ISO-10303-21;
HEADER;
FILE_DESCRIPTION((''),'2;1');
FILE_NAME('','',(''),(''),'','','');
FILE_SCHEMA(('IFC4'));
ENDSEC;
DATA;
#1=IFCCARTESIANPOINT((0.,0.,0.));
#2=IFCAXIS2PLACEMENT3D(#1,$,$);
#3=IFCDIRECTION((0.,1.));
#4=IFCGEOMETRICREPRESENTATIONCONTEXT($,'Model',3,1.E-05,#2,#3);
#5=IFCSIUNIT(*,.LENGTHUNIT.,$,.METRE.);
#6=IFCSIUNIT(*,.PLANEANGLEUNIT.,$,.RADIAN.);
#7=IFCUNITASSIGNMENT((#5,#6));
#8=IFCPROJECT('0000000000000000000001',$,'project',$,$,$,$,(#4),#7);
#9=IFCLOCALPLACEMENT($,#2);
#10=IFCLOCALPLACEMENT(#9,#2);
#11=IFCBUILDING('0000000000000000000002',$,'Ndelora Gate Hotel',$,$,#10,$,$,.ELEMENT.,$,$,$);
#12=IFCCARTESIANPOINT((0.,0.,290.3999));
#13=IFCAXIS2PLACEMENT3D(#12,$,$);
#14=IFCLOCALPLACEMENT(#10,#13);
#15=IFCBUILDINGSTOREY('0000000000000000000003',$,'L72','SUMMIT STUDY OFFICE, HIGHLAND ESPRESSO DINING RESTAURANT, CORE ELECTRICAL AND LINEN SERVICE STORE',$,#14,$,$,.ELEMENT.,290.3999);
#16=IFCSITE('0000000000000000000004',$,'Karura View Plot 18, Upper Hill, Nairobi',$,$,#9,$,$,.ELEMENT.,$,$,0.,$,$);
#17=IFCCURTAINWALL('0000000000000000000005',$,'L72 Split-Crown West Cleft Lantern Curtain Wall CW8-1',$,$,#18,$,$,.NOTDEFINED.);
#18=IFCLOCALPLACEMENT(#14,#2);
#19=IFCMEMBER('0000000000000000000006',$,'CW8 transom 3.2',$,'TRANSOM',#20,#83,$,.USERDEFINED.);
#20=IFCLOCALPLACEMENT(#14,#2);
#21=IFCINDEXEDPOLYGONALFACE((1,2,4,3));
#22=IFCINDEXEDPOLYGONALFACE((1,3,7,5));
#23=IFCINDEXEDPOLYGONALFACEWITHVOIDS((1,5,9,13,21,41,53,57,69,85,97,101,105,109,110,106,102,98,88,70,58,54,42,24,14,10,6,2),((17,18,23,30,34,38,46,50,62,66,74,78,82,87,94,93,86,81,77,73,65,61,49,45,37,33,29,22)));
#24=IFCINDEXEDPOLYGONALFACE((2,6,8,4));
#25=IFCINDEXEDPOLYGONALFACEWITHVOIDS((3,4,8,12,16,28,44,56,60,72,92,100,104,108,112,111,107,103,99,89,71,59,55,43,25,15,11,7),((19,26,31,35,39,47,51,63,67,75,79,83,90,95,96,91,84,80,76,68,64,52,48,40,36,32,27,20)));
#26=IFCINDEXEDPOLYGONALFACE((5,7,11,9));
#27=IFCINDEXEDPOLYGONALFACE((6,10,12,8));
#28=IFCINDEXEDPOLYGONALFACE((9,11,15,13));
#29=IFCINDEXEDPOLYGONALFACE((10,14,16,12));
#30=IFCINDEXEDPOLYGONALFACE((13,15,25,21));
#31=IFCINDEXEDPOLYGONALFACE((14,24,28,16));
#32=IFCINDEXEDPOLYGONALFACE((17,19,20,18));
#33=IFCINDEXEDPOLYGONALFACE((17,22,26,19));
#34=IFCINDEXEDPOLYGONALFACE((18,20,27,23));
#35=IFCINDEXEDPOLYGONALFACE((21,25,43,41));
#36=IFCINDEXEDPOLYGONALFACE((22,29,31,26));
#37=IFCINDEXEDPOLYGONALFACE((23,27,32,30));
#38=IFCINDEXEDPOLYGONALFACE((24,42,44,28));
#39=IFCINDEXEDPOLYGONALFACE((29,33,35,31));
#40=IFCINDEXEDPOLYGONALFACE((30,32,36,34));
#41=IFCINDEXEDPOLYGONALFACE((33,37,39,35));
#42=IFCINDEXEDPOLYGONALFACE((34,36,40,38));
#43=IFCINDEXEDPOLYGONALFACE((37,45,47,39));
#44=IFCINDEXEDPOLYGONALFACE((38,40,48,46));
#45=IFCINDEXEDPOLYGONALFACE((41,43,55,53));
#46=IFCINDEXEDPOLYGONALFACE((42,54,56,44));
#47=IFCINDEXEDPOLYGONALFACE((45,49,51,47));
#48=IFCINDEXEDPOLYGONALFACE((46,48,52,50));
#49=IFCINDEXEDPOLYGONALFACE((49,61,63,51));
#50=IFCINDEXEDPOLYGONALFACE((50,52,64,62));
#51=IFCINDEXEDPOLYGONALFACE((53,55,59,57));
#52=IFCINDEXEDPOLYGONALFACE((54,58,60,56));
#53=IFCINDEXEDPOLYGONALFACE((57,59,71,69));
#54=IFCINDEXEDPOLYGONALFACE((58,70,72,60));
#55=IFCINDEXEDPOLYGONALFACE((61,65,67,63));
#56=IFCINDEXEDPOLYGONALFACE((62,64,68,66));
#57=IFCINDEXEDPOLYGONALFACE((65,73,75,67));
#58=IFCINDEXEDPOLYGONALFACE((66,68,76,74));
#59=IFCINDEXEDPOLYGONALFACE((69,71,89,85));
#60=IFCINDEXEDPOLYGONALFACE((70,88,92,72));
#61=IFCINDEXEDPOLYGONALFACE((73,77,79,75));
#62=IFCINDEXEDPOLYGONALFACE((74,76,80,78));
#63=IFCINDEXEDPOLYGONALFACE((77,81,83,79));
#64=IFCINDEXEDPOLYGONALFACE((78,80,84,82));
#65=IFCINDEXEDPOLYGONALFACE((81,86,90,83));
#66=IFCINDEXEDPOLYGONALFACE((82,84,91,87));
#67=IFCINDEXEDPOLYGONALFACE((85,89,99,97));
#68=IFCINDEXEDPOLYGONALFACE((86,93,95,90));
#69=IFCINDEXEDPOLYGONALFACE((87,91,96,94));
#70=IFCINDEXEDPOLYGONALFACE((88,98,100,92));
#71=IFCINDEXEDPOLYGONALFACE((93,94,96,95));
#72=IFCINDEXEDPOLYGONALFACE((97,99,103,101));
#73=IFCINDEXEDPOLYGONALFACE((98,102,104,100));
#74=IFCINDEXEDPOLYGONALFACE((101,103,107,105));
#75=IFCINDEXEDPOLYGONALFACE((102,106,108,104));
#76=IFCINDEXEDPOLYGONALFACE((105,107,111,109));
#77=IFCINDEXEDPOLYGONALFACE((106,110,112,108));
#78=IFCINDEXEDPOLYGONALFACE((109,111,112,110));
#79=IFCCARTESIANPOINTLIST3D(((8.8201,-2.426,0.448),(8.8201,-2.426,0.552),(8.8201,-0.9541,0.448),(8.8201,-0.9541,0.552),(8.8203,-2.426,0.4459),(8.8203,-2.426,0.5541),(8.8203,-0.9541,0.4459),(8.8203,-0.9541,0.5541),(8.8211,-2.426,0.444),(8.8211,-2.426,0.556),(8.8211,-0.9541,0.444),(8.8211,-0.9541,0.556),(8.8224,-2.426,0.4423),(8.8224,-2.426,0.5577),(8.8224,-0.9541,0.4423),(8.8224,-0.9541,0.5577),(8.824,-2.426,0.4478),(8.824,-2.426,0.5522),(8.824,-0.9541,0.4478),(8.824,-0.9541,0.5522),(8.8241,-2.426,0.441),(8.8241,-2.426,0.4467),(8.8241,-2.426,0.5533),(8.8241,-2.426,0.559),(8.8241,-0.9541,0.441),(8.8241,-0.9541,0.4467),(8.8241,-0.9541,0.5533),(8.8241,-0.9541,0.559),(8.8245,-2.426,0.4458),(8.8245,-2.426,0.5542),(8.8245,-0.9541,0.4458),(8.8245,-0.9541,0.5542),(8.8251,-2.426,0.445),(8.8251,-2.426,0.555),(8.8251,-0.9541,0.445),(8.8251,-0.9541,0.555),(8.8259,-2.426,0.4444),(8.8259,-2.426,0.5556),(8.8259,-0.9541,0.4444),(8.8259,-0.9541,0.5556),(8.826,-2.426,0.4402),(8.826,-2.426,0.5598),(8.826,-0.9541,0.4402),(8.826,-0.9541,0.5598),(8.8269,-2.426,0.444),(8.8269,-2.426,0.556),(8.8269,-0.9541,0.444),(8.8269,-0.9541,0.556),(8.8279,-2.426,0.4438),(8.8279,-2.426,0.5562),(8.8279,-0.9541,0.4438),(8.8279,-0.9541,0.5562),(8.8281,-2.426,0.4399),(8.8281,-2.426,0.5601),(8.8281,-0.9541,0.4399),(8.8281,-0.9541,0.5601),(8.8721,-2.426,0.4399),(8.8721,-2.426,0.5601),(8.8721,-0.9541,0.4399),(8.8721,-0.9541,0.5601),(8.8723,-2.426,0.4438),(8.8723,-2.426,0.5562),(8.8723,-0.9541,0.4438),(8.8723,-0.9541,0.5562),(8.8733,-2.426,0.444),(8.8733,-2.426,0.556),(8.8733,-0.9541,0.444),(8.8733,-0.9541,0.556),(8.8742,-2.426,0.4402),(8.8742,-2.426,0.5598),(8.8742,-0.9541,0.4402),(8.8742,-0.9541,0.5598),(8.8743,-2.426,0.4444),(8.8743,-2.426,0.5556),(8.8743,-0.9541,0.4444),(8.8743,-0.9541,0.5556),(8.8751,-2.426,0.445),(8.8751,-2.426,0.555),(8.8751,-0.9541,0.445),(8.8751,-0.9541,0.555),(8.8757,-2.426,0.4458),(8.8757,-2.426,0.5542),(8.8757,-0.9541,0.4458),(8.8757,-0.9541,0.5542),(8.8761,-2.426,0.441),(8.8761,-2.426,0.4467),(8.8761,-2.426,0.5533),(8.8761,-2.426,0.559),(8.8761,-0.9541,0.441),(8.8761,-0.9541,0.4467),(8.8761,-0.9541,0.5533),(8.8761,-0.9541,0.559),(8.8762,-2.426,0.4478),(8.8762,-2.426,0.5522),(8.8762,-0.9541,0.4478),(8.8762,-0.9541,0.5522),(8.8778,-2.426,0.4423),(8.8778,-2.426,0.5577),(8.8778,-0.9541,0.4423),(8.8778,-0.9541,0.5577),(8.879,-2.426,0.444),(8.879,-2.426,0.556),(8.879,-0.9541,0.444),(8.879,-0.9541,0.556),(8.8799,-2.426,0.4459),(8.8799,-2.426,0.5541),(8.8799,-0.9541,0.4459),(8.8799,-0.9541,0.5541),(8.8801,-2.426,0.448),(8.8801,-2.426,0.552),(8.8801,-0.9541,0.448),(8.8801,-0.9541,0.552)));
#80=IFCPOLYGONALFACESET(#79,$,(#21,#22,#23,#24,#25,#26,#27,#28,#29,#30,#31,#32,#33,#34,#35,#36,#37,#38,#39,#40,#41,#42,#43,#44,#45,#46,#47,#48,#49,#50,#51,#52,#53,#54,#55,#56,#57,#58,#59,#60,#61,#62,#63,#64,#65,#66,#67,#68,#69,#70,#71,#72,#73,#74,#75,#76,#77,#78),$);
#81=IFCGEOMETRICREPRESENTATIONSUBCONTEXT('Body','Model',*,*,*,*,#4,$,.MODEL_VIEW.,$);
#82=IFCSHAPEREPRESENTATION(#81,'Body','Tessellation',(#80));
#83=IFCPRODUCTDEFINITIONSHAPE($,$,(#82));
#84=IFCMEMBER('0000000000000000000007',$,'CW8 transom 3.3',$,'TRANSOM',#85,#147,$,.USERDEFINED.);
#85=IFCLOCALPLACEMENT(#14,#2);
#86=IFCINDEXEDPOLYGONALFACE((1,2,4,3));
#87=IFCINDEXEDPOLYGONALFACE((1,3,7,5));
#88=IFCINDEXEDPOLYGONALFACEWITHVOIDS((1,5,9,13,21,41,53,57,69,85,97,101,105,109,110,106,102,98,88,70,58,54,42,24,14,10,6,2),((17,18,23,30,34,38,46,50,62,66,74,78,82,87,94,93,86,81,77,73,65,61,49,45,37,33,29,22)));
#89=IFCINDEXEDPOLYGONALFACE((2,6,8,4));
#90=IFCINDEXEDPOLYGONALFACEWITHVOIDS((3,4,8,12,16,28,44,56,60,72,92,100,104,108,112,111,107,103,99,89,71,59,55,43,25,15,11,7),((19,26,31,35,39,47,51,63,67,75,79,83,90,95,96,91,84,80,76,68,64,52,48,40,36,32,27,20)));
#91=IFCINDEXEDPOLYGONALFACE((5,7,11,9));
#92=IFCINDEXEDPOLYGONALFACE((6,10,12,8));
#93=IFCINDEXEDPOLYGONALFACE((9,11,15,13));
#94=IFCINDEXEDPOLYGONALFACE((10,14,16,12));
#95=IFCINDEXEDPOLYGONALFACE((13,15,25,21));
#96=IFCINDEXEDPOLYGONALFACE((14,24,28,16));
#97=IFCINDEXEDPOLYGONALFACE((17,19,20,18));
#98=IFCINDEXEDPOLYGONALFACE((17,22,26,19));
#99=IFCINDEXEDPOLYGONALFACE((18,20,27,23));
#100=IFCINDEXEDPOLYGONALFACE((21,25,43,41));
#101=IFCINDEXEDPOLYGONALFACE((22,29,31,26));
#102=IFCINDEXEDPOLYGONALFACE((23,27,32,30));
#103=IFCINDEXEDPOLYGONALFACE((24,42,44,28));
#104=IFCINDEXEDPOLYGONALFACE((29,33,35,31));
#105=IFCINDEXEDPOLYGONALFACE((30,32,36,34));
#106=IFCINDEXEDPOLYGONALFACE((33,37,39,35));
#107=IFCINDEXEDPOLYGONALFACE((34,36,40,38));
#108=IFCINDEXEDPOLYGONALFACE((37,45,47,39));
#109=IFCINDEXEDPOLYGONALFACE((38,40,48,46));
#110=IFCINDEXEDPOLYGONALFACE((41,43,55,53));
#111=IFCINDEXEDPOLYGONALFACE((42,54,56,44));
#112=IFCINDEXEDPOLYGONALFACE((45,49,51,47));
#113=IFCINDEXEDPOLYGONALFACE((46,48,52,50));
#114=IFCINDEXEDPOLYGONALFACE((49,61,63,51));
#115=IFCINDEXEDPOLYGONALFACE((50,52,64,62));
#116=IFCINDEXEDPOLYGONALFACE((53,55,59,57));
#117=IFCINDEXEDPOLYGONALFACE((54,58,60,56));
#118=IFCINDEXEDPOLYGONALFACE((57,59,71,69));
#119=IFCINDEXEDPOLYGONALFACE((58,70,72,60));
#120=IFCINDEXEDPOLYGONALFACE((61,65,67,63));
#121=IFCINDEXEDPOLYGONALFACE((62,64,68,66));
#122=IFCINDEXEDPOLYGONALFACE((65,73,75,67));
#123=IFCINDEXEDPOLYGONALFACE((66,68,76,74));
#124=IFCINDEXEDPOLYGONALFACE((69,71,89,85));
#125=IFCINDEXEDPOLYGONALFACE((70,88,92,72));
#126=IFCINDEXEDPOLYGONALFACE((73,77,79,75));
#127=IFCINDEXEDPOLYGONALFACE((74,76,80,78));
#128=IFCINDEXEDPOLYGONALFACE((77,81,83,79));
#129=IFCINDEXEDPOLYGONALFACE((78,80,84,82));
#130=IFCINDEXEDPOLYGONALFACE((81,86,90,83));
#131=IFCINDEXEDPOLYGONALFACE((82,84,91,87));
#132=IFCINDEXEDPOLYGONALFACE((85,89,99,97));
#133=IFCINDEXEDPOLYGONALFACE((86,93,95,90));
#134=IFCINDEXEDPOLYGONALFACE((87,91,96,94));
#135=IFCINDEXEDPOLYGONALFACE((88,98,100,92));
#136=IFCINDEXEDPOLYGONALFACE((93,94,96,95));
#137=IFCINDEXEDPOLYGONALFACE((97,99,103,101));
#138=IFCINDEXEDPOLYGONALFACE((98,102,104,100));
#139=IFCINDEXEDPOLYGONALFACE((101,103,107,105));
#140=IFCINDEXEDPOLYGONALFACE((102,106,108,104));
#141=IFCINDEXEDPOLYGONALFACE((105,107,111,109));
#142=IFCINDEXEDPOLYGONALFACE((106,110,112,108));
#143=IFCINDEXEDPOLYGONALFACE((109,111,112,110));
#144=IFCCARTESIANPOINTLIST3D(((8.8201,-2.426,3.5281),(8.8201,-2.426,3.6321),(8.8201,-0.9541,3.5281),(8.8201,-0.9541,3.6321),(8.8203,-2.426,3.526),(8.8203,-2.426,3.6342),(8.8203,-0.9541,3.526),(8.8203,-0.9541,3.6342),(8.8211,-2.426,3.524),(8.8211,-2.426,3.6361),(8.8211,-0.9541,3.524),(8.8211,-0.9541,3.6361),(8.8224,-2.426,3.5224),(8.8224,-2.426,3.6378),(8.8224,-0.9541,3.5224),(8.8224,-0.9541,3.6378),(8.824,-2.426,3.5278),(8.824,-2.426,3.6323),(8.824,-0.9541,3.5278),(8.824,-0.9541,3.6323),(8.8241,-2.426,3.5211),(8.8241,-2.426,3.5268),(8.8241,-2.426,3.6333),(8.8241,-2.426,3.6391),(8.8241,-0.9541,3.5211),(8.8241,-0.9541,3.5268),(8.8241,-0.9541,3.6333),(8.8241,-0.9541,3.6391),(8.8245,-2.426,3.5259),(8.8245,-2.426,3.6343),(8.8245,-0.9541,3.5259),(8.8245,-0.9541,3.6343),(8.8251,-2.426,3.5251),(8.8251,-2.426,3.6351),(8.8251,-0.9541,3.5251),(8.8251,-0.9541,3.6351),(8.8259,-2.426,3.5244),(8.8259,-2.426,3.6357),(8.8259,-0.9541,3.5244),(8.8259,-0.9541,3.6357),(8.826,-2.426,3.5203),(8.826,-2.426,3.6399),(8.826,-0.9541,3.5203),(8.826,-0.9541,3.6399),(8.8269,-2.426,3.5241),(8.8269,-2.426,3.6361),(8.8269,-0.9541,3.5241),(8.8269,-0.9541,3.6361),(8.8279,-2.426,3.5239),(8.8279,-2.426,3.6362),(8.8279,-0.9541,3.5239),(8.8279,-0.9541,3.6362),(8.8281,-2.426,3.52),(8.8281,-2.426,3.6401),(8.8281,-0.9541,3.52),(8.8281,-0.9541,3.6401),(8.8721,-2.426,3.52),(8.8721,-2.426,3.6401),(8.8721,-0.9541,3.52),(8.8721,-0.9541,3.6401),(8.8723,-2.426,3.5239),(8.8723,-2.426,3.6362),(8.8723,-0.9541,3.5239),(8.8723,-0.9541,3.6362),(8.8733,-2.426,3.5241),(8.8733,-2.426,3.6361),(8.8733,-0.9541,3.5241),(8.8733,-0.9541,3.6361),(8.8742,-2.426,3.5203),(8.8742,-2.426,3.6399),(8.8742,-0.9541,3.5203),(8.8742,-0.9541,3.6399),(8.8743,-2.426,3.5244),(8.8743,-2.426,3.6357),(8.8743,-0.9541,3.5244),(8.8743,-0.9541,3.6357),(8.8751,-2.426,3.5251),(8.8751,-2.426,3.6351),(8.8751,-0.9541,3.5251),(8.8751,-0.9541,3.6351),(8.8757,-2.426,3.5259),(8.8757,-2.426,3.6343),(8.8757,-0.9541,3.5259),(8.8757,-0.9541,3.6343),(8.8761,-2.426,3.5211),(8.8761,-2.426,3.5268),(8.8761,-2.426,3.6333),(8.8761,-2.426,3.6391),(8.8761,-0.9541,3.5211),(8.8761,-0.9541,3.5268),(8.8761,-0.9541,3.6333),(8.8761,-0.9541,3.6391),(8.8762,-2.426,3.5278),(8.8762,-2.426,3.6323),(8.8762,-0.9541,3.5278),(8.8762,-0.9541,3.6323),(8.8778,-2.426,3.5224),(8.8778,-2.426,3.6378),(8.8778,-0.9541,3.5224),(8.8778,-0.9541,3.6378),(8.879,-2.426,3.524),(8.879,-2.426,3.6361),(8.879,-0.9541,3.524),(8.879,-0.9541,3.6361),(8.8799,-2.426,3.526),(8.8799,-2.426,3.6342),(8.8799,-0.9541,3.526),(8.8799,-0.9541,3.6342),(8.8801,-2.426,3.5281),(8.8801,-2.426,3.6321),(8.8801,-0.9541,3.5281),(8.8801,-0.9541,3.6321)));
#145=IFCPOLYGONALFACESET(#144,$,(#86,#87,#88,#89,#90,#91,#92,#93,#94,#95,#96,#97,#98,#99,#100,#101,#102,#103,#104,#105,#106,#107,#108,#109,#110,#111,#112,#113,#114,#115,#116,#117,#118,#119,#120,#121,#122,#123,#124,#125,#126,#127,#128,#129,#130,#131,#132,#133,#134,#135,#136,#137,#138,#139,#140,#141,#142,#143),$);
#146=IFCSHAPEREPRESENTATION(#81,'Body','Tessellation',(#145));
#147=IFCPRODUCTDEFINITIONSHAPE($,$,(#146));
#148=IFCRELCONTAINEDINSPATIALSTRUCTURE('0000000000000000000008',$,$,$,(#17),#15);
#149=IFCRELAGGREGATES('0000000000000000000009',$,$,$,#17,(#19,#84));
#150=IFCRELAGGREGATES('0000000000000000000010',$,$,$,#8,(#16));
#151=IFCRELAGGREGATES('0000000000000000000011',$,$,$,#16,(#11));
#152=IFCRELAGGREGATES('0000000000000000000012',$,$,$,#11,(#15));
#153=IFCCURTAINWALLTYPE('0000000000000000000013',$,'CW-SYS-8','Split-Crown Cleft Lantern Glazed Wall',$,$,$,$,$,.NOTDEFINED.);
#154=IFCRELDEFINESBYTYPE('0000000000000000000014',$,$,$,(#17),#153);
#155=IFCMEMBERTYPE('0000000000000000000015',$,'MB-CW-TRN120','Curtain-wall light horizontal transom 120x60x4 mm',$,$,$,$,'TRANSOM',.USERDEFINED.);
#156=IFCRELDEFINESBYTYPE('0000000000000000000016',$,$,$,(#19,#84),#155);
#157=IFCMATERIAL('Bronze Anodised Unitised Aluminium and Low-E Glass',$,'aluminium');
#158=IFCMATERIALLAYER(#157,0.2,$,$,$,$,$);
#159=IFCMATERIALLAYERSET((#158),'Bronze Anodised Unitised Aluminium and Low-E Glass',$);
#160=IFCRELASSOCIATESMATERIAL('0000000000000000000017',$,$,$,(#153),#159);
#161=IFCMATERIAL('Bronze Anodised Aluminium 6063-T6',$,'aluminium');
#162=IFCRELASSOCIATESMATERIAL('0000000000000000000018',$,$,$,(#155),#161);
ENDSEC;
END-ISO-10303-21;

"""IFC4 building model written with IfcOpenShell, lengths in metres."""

from ifc_helpers import new_model, si_unit, direction, frame, origin, origin_2d, place, context, subcontext, project, spatial, hollow_rectangle, extrude, material, layer, layer_set, material_profile, profile_set, type_object, element, aggregate, save


model = new_model("IFC4")

# Units and contexts
model_context = context("Model", 3, precision=1e-05, world=origin(), true_north=direction((0.0, 1.0)))
body_context = subcontext(model_context, "Body", "Model", "MODEL_VIEW")
ifc_project = project(units=[si_unit("LENGTHUNIT", "METRE"), si_unit("PLANEANGLEUNIT", "RADIAN")], contexts=[model_context])

# Site, building, storey
site_placement = place(None, origin())
site = spatial("IfcSite", under=ifc_project, at=site_placement, Name="Karura View Plot 18, Upper Hill, Nairobi", CompositionType="ELEMENT", RefElevation=0.0)
building_placement = place(site_placement, origin())
building = spatial("IfcBuilding", under=site, at=building_placement, Name="Ndelora Gate Hotel", CompositionType="ELEMENT")
storey_placement = place(building_placement, frame((0.0, 0.0, 290.3999)))
storey = spatial("IfcBuildingStorey", under=building, at=storey_placement, Name="L72", Description="SUMMIT STUDY OFFICE, HIGHLAND ESPRESSO DINING RESTAURANT, CORE ELECTRICAL AND LINEN SERVICE STORE", CompositionType="ELEMENT", Elevation=290.3999)

# Curtain wall, members
ifc_material_1 = material(Name="Bronze Anodised Unitised Aluminium and Low-E Glass", Category="aluminium")
ifc_layer_1 = layer(ifc_material_1, 0.2)
ifc_layer_set_1 = layer_set([ifc_layer_1], Name="Bronze Anodised Unitised Aluminium and Low-E Glass")
curtain_wall_type = type_object("IfcCurtainWallType", Name="CW-SYS-8", Description="Split-Crown Cleft Lantern Glazed Wall", PredefinedType="NOTDEFINED", material=ifc_layer_set_1)
curtain_wall_placement = place(storey_placement, origin())
curtain_wall = element("IfcCurtainWall", 1, at=curtain_wall_placement, inside=storey, type_object=curtain_wall_type, Name="L72 Split-Crown West Cleft Lantern Curtain Wall CW8-1", PredefinedType="NOTDEFINED")
ifc_material_2 = material(Name="Bronze Anodised Aluminium 6063-T6", Category="aluminium")
ifc_material_profile_1 = material_profile(ifc_material_2, hollow_rectangle(XDim=0.0601, YDim=0.1201, WallThickness=0.0039, InnerFilletRadius=0.0039, OuterFilletRadius=0.0081, at=origin_2d()), Name="ALU 120x60x4")
ifc_profile_set_1 = profile_set([ifc_material_profile_1], Name="Bronze Anodised Aluminium 6063-T6")
member_type_1 = type_object("IfcMemberType", Name="MB-CW-TRN120", Description="Curtain-wall light horizontal transom 120x60x4 mm", ElementType="TRANSOM", PredefinedType="USERDEFINED", material=ifc_profile_set_1)
member_1_placement = place(storey_placement, frame((8.8501, -2.426, 0.5), z_axis=(0.0, 1.0, 0.0), x_axis=(-1.0, 0.0, 0.0)))
member_1 = element("IfcMember", 2, at=member_1_placement, type_object=member_type_1, Name="CW8 transom 3.2", ObjectType="TRANSOM", PredefinedType="USERDEFINED", context=body_context, shape_type="SweptSolid", body=[
    extrude(hollow_rectangle(XDim=0.0601, YDim=0.1201, WallThickness=0.0039, InnerFilletRadius=0.0039, OuterFilletRadius=0.0081, at=origin_2d()), origin(), (0.0, 0.0, 1.0), 1.4719),
])
member_2_placement = place(storey_placement, frame((8.8501, -2.426, 3.5801), z_axis=(0.0, 1.0, 0.0), x_axis=(-1.0, 0.0, 0.0)))
member_2 = element("IfcMember", 3, at=member_2_placement, type_object=member_type_1, Name="CW8 transom 3.3", ObjectType="TRANSOM", PredefinedType="USERDEFINED", context=body_context, shape_type="SweptSolid", body=[
    extrude(hollow_rectangle(XDim=0.0601, YDim=0.1201, WallThickness=0.0039, InnerFilletRadius=0.0039, OuterFilletRadius=0.0081, at=origin_2d()), origin(), (0.0, 0.0, 1.0), 1.4719),
])
aggregate(curtain_wall, [member_1, member_2])

save(model, "model.ifc")
